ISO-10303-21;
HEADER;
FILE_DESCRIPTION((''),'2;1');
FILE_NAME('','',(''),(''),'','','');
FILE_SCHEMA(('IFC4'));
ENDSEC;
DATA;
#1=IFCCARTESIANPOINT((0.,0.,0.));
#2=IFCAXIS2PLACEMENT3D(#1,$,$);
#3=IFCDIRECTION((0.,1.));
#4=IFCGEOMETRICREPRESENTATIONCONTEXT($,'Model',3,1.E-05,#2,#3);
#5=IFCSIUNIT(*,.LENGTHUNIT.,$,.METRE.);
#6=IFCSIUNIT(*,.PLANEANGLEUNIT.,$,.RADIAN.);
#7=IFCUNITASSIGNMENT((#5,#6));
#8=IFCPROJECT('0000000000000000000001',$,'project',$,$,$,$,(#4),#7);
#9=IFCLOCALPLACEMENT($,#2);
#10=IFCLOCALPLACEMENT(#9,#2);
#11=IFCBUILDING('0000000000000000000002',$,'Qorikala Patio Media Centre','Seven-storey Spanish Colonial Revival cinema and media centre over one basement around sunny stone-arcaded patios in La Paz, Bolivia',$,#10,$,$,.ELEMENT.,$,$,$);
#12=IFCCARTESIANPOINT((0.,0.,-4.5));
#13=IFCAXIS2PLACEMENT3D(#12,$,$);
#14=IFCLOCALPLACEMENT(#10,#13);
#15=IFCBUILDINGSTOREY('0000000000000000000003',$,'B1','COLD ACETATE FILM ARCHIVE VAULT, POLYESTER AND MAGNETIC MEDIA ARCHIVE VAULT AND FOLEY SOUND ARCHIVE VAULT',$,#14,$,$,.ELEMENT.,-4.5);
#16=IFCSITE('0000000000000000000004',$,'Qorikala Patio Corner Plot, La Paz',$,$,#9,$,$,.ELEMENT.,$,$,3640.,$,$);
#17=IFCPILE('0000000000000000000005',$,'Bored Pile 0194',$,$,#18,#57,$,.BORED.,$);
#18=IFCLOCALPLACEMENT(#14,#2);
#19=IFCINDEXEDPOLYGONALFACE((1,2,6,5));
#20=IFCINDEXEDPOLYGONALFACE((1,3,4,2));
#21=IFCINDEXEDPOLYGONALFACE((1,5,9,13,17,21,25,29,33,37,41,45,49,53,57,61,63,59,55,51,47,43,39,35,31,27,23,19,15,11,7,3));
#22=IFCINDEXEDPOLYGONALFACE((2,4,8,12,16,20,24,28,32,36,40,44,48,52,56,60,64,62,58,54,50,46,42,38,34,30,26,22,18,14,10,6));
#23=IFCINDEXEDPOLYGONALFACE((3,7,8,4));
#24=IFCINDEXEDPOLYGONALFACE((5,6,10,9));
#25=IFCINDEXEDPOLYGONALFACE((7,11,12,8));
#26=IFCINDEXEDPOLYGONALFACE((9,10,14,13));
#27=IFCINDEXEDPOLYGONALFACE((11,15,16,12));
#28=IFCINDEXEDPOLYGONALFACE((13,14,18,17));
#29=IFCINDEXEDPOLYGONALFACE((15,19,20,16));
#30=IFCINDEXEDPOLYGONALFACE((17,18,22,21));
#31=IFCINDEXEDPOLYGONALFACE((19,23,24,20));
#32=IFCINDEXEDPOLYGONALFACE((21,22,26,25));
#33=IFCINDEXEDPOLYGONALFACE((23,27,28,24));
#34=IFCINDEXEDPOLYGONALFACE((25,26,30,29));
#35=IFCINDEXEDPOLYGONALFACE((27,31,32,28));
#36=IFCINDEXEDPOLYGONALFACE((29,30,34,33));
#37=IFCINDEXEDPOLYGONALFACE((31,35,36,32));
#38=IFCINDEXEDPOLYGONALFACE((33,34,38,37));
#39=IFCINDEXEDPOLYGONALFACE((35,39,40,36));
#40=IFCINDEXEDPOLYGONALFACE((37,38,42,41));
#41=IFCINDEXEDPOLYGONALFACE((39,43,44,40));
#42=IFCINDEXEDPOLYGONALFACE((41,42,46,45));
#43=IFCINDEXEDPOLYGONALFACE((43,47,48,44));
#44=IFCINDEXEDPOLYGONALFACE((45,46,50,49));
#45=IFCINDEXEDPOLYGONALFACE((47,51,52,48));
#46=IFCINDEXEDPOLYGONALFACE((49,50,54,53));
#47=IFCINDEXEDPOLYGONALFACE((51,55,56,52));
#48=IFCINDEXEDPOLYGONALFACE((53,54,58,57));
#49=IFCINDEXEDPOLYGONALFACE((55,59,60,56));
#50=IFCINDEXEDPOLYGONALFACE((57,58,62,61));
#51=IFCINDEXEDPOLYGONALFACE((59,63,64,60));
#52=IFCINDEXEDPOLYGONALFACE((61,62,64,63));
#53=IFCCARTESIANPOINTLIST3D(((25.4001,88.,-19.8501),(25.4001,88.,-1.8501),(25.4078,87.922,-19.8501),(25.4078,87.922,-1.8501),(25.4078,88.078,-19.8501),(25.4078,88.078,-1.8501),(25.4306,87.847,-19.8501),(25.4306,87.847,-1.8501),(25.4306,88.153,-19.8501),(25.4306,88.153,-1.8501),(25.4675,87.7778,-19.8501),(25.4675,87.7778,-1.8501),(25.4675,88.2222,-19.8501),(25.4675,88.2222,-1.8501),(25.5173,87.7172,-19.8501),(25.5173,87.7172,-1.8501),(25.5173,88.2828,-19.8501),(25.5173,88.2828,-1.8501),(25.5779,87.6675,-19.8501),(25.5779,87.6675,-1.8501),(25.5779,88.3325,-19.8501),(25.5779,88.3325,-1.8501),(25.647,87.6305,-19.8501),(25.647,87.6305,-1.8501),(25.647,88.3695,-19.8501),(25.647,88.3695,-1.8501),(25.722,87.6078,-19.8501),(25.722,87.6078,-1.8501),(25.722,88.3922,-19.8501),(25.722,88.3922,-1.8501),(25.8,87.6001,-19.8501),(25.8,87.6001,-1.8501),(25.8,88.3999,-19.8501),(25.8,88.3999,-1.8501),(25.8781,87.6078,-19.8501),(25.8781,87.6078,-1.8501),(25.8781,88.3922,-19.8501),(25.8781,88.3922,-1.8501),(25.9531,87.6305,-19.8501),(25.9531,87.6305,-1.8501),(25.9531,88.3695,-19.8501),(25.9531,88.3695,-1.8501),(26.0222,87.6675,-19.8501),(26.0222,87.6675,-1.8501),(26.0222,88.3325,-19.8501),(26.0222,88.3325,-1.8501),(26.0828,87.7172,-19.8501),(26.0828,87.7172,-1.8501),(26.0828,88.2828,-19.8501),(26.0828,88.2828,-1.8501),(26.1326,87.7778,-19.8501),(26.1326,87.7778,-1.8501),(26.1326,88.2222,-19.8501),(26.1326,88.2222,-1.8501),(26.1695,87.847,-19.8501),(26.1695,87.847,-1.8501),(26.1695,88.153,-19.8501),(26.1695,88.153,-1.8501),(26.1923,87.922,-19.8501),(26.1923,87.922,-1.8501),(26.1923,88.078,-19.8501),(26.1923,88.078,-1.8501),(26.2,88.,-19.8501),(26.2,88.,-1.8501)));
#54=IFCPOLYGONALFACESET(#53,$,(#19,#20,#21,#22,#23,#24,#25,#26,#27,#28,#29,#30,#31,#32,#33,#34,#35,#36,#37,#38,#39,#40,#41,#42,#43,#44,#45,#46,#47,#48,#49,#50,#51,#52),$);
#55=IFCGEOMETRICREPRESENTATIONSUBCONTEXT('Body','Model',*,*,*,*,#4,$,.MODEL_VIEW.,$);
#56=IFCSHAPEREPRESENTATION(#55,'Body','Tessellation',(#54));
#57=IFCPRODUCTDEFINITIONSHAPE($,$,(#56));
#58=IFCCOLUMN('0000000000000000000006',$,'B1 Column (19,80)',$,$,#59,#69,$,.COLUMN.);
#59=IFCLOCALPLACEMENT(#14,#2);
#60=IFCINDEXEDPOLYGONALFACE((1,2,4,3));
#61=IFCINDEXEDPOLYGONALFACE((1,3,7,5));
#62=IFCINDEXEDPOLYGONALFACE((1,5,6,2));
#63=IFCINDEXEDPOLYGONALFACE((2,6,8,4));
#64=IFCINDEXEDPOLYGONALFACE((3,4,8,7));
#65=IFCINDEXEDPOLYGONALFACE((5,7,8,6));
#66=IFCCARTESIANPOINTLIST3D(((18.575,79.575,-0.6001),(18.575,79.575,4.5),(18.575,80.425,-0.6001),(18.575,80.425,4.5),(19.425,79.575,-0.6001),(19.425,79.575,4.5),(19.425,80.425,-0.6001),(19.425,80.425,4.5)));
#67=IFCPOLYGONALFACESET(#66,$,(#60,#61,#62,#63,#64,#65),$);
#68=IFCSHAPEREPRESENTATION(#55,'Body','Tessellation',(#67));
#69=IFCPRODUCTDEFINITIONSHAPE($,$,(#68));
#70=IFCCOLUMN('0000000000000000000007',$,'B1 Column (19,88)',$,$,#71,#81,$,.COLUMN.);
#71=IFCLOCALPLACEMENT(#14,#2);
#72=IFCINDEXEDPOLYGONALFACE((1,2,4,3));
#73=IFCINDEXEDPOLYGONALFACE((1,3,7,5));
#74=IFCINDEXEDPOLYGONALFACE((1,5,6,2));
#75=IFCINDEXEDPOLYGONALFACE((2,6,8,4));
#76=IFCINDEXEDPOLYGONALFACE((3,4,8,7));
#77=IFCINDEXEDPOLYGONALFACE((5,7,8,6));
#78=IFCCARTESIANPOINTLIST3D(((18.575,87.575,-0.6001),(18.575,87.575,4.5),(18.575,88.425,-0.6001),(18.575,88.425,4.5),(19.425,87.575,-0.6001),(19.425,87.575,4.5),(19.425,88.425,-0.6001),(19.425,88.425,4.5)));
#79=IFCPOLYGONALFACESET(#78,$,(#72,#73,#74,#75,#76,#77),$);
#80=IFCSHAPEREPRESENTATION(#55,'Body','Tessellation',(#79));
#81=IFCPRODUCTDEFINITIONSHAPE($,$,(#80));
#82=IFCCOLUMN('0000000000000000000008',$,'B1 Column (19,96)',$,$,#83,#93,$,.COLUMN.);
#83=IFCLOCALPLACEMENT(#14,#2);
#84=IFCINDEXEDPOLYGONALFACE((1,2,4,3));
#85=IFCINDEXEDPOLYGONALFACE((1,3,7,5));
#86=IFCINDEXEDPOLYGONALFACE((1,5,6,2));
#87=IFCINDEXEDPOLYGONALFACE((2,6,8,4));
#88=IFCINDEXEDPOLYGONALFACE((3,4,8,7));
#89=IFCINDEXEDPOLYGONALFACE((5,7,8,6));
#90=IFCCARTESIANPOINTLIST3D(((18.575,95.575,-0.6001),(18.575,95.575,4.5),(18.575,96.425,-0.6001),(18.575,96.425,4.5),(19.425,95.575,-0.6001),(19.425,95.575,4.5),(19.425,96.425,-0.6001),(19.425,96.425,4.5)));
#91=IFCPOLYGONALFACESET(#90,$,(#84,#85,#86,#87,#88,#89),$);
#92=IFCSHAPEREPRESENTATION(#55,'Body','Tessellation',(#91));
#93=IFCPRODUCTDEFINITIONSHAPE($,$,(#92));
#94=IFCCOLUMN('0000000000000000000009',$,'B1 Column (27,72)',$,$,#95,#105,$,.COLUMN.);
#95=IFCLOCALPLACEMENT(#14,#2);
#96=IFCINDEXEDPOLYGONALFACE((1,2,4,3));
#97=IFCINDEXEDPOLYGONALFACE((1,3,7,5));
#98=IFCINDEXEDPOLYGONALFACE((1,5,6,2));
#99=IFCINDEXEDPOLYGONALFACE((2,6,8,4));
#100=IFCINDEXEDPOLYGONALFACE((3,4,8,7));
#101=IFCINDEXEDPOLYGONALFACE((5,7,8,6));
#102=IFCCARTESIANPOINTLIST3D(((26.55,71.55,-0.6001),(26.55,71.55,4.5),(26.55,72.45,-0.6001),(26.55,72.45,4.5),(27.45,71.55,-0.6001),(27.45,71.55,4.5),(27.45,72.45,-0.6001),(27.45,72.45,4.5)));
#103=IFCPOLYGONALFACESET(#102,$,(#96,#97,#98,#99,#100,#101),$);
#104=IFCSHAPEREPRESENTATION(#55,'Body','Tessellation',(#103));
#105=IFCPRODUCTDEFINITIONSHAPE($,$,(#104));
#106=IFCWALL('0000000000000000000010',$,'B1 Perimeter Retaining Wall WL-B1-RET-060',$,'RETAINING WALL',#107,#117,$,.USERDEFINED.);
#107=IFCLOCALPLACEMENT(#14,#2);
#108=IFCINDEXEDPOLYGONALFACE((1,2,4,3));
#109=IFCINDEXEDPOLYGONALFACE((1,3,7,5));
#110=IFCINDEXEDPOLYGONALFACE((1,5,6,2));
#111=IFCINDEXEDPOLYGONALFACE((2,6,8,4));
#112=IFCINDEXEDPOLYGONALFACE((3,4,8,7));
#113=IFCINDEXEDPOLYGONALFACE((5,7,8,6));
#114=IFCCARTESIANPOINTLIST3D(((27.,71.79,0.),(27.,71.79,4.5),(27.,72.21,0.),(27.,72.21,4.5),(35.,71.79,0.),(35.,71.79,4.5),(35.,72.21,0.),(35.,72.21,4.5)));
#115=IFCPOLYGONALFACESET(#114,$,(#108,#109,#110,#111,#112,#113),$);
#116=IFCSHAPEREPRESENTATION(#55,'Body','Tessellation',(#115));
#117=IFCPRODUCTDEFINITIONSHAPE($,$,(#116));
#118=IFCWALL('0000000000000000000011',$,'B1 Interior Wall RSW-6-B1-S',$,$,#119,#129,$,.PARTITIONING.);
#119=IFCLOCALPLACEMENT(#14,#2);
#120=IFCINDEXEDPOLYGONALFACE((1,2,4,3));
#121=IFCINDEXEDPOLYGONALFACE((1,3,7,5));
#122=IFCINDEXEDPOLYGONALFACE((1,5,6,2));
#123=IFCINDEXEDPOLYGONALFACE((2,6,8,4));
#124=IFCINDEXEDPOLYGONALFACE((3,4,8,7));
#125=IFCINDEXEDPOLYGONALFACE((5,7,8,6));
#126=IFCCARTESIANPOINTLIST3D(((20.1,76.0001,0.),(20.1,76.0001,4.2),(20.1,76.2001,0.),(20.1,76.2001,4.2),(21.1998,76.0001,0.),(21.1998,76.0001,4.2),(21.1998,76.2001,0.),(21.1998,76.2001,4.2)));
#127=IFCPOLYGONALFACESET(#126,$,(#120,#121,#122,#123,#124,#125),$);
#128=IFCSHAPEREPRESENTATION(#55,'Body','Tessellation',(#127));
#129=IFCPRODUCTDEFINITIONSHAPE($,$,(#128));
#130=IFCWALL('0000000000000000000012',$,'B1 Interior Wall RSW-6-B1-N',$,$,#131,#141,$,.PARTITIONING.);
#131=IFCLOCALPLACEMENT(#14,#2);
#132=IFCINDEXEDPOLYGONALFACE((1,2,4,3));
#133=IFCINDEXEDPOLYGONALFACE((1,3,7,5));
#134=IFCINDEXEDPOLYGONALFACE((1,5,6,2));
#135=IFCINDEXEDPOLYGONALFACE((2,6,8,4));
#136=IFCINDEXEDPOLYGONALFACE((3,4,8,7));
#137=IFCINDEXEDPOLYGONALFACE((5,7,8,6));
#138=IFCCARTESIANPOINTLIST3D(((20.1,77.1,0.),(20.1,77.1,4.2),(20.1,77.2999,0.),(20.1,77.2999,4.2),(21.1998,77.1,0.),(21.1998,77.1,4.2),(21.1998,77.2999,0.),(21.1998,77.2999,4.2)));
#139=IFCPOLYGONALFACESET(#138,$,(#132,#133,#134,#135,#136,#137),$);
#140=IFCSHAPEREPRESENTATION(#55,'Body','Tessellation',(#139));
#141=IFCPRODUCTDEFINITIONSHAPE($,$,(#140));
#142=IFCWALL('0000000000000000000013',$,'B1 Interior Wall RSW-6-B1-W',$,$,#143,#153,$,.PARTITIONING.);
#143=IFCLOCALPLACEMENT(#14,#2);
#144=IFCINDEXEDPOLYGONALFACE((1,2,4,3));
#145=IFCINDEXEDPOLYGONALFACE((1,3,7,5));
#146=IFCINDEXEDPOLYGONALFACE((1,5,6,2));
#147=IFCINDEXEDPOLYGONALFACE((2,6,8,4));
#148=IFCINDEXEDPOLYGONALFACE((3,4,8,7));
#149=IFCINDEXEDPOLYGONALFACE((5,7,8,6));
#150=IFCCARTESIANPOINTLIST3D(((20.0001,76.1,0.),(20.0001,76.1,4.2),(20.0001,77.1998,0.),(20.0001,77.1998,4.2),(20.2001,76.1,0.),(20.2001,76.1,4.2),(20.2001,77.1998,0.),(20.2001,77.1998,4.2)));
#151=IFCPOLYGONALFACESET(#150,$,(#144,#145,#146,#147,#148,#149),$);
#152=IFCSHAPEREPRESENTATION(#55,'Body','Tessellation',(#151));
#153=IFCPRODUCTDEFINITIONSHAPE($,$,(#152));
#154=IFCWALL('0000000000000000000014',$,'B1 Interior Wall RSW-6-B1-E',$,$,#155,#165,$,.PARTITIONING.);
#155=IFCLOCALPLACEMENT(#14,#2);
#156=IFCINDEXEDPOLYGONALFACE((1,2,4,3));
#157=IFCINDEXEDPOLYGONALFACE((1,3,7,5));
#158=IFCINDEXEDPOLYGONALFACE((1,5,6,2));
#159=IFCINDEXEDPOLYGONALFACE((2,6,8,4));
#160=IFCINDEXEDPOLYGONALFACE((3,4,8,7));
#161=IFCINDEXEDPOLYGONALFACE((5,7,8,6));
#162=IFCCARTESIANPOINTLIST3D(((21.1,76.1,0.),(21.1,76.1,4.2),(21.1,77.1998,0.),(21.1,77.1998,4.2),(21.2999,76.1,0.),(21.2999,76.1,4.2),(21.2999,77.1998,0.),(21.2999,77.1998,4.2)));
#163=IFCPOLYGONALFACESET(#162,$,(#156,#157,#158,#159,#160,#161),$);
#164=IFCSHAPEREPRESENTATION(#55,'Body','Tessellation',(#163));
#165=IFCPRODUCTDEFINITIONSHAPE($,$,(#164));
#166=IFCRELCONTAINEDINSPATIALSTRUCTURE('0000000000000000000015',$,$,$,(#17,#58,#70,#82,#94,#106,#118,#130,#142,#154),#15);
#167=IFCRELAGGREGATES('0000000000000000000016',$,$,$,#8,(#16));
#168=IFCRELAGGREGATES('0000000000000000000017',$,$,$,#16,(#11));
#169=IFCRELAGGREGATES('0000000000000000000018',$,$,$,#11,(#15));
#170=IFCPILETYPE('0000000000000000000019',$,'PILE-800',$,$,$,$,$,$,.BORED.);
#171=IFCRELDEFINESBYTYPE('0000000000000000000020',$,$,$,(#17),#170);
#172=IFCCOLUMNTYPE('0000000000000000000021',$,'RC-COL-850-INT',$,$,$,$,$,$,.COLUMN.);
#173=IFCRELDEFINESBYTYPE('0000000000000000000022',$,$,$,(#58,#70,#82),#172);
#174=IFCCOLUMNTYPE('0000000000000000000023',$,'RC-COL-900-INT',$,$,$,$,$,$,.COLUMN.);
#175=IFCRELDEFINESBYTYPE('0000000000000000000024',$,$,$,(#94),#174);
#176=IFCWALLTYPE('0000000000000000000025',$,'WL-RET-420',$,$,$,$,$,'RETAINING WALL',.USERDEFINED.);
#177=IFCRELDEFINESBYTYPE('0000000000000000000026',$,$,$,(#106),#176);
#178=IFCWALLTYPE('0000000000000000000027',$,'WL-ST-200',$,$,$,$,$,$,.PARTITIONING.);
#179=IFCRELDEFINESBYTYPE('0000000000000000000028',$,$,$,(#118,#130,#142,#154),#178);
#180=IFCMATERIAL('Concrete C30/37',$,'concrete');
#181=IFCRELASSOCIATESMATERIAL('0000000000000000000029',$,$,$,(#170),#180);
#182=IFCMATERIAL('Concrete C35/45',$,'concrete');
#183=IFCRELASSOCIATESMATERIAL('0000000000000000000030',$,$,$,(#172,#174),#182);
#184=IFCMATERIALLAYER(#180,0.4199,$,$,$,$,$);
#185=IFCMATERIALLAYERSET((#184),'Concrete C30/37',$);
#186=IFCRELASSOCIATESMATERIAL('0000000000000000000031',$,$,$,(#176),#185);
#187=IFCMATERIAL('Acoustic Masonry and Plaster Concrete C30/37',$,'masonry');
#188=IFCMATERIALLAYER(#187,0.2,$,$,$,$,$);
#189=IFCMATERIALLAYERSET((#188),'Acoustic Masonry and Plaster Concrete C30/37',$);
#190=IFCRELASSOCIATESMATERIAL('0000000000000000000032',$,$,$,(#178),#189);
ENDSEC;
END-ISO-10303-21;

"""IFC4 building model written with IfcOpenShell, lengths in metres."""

from ifc_helpers import new_model, si_unit, direction, frame, frame_2d, origin, origin_2d, place, context, subcontext, project, spatial, rectangle, circle, extrude, material, layer, layer_set, material_profile, profile_set, type_object, element, save


model = new_model("IFC4")

# Units and contexts
model_context = context("Model", 3, precision=1e-05, world=origin(), true_north=direction((0.0, 1.0)))
body_context = subcontext(model_context, "Body", "Model", "MODEL_VIEW")
ifc_project = project(units=[si_unit("LENGTHUNIT", "METRE"), si_unit("PLANEANGLEUNIT", "RADIAN")], contexts=[model_context])

# Site, building, storey
site_placement = place(None, origin())
site = spatial("IfcSite", under=ifc_project, at=site_placement, Name="Qorikala Patio Corner Plot, La Paz", CompositionType="ELEMENT", RefElevation=3640.0)
building_placement = place(site_placement, origin())
building = spatial("IfcBuilding", under=site, at=building_placement, Name="Qorikala Patio Media Centre", Description="Seven-storey Spanish Colonial Revival cinema and media centre over one basement around sunny stone-arcaded patios in La Paz, Bolivia", CompositionType="ELEMENT")
storey_placement = place(building_placement, frame((0.0, 0.0, -4.5)))
storey = spatial("IfcBuildingStorey", under=building, at=storey_placement, Name="B1", Description="COLD ACETATE FILM ARCHIVE VAULT, POLYESTER AND MAGNETIC MEDIA ARCHIVE VAULT AND FOLEY SOUND ARCHIVE VAULT", CompositionType="ELEMENT", Elevation=-4.5)

# Shared definitions
ifc_material_1 = material(Name="Concrete C30/37", Category="concrete")

# Pile
ifc_material_profile_1 = material_profile(ifc_material_1, circle(Radius=0.3999, at=origin_2d()), Name="BORED PILE 800")
ifc_profile_set_1 = profile_set([ifc_material_profile_1], Name="Concrete C30/37")
pile_type_1 = type_object("IfcPileType", Name="PILE-800", PredefinedType="BORED", material=ifc_profile_set_1)
for number, where, z_axis, x_axis, name in (
    (1, (25.8, 88.0, -1.8501), (0.0, 0.0, -1.0), (1.0, 0.0, 0.0), "Bored Pile 0194"),
):
    element("IfcPile", number, at=place(storey_placement, frame(where, z_axis=z_axis, x_axis=x_axis)), inside=storey, type_object=pile_type_1, Name=name, PredefinedType="BORED", context=body_context, shape_type="SweptSolid", body=[
        extrude(circle(Radius=0.3999, at=origin_2d()), origin(), (0.0, 0.0, 1.0), 18.0),
    ])

# Columns
ifc_material_2 = material(Name="Concrete C35/45", Category="concrete")
ifc_material_profile_2 = material_profile(ifc_material_2, rectangle(XDim=0.8501, YDim=0.8501, at=origin_2d()), Name="RC 850x850")
ifc_profile_set_2 = profile_set([ifc_material_profile_2], Name="Concrete C35/45")
column_type_1 = type_object("IfcColumnType", Name="RC-COL-850-INT", PredefinedType="COLUMN", material=ifc_profile_set_2)
for number, where, z_axis, x_axis, name in (
    (2, (19.0, 80.0, -0.6001), (0.0, 0.0, 1.0), (1.0, 0.0, 0.0), "B1 Column (19,80)"),
    (3, (19.0, 88.0, -0.6001), (0.0, 0.0, 1.0), (1.0, 0.0, 0.0), "B1 Column (19,88)"),
    (4, (19.0, 96.0, -0.6001), (0.0, 0.0, 1.0), (1.0, 0.0, 0.0), "B1 Column (19,96)"),
):
    element("IfcColumn", number, at=place(storey_placement, frame(where, z_axis=z_axis, x_axis=x_axis)), inside=storey, type_object=column_type_1, Name=name, PredefinedType="COLUMN", context=body_context, shape_type="SweptSolid", body=[
        extrude(rectangle(XDim=0.8501, YDim=0.8501, at=origin_2d()), origin(), (0.0, 0.0, 1.0), 5.1001),
    ])
ifc_material_profile_3 = material_profile(ifc_material_2, rectangle(XDim=0.8999, YDim=0.8999, at=origin_2d()), Name="RC 900x900")
ifc_profile_set_3 = profile_set([ifc_material_profile_3], Name="Concrete C35/45")
column_type_2 = type_object("IfcColumnType", Name="RC-COL-900-INT", PredefinedType="COLUMN", material=ifc_profile_set_3)
column_placement = place(storey_placement, frame((27.0, 72.0, -0.6001), z_axis=(0.0, 0.0, 1.0), x_axis=(1.0, 0.0, 0.0)))
element("IfcColumn", 5, at=column_placement, inside=storey, type_object=column_type_2, Name="B1 Column (27,72)", PredefinedType="COLUMN", context=body_context, shape_type="SweptSolid", body=[
    extrude(rectangle(XDim=0.8999, YDim=0.8999, at=origin_2d()), origin(), (0.0, 0.0, 1.0), 5.1001),
])

# Walls
ifc_layer_1 = layer(ifc_material_1, 0.4199)
ifc_layer_set_1 = layer_set([ifc_layer_1], Name="Concrete C30/37")
wall_type_1 = type_object("IfcWallType", Name="WL-RET-420", ElementType="RETAINING WALL", PredefinedType="USERDEFINED", material=ifc_layer_set_1)
wall_placement = place(storey_placement, frame((27.0, 72.0, 0.0), z_axis=(0.0, 0.0, 1.0), x_axis=(1.0, 0.0, 0.0)))
element("IfcWall", 6, at=wall_placement, inside=storey, type_object=wall_type_1, Name="B1 Perimeter Retaining Wall WL-B1-RET-060", ObjectType="RETAINING WALL", PredefinedType="USERDEFINED", context=body_context, shape_type="SweptSolid", body=[
    extrude(rectangle(XDim=8.0, YDim=0.4199, at=frame_2d((4.0, 0.0))), origin(), (0.0, 0.0, 1.0), 4.5),
])
ifc_material_3 = material(Name="Acoustic Masonry and Plaster Concrete C30/37", Category="masonry")
ifc_layer_2 = layer(ifc_material_3, 0.2)
ifc_layer_set_2 = layer_set([ifc_layer_2], Name="Acoustic Masonry and Plaster Concrete C30/37")
wall_type_2 = type_object("IfcWallType", Name="WL-ST-200", PredefinedType="PARTITIONING", material=ifc_layer_set_2)
for number, where, z_axis, x_axis, name in (
    (7, (20.1001, 76.1001, 0.0), (0.0, 0.0, 1.0), (1.0, 0.0, 0.0), "B1 Interior Wall RSW-6-B1-S"),
    (8, (20.1001, 77.2, 0.0), (0.0, 0.0, 1.0), (1.0, 0.0, 0.0), "B1 Interior Wall RSW-6-B1-N"),
    (9, (20.1001, 76.1001, 0.0), (0.0, 0.0, 1.0), (0.0, 1.0, 0.0), "B1 Interior Wall RSW-6-B1-W"),
    (10, (21.2, 76.1001, 0.0), (0.0, 0.0, 1.0), (0.0, 1.0, 0.0), "B1 Interior Wall RSW-6-B1-E"),
):
    element("IfcWall", number, at=place(storey_placement, frame(where, z_axis=z_axis, x_axis=x_axis)), inside=storey, type_object=wall_type_2, Name=name, PredefinedType="PARTITIONING", context=body_context, shape_type="SweptSolid", body=[
        extrude(rectangle(XDim=1.0999, YDim=0.2, at=frame_2d((0.5498, 0.0))), origin(), (0.0, 0.0, 1.0), 4.2),
    ])

save(model, "model.ifc")
